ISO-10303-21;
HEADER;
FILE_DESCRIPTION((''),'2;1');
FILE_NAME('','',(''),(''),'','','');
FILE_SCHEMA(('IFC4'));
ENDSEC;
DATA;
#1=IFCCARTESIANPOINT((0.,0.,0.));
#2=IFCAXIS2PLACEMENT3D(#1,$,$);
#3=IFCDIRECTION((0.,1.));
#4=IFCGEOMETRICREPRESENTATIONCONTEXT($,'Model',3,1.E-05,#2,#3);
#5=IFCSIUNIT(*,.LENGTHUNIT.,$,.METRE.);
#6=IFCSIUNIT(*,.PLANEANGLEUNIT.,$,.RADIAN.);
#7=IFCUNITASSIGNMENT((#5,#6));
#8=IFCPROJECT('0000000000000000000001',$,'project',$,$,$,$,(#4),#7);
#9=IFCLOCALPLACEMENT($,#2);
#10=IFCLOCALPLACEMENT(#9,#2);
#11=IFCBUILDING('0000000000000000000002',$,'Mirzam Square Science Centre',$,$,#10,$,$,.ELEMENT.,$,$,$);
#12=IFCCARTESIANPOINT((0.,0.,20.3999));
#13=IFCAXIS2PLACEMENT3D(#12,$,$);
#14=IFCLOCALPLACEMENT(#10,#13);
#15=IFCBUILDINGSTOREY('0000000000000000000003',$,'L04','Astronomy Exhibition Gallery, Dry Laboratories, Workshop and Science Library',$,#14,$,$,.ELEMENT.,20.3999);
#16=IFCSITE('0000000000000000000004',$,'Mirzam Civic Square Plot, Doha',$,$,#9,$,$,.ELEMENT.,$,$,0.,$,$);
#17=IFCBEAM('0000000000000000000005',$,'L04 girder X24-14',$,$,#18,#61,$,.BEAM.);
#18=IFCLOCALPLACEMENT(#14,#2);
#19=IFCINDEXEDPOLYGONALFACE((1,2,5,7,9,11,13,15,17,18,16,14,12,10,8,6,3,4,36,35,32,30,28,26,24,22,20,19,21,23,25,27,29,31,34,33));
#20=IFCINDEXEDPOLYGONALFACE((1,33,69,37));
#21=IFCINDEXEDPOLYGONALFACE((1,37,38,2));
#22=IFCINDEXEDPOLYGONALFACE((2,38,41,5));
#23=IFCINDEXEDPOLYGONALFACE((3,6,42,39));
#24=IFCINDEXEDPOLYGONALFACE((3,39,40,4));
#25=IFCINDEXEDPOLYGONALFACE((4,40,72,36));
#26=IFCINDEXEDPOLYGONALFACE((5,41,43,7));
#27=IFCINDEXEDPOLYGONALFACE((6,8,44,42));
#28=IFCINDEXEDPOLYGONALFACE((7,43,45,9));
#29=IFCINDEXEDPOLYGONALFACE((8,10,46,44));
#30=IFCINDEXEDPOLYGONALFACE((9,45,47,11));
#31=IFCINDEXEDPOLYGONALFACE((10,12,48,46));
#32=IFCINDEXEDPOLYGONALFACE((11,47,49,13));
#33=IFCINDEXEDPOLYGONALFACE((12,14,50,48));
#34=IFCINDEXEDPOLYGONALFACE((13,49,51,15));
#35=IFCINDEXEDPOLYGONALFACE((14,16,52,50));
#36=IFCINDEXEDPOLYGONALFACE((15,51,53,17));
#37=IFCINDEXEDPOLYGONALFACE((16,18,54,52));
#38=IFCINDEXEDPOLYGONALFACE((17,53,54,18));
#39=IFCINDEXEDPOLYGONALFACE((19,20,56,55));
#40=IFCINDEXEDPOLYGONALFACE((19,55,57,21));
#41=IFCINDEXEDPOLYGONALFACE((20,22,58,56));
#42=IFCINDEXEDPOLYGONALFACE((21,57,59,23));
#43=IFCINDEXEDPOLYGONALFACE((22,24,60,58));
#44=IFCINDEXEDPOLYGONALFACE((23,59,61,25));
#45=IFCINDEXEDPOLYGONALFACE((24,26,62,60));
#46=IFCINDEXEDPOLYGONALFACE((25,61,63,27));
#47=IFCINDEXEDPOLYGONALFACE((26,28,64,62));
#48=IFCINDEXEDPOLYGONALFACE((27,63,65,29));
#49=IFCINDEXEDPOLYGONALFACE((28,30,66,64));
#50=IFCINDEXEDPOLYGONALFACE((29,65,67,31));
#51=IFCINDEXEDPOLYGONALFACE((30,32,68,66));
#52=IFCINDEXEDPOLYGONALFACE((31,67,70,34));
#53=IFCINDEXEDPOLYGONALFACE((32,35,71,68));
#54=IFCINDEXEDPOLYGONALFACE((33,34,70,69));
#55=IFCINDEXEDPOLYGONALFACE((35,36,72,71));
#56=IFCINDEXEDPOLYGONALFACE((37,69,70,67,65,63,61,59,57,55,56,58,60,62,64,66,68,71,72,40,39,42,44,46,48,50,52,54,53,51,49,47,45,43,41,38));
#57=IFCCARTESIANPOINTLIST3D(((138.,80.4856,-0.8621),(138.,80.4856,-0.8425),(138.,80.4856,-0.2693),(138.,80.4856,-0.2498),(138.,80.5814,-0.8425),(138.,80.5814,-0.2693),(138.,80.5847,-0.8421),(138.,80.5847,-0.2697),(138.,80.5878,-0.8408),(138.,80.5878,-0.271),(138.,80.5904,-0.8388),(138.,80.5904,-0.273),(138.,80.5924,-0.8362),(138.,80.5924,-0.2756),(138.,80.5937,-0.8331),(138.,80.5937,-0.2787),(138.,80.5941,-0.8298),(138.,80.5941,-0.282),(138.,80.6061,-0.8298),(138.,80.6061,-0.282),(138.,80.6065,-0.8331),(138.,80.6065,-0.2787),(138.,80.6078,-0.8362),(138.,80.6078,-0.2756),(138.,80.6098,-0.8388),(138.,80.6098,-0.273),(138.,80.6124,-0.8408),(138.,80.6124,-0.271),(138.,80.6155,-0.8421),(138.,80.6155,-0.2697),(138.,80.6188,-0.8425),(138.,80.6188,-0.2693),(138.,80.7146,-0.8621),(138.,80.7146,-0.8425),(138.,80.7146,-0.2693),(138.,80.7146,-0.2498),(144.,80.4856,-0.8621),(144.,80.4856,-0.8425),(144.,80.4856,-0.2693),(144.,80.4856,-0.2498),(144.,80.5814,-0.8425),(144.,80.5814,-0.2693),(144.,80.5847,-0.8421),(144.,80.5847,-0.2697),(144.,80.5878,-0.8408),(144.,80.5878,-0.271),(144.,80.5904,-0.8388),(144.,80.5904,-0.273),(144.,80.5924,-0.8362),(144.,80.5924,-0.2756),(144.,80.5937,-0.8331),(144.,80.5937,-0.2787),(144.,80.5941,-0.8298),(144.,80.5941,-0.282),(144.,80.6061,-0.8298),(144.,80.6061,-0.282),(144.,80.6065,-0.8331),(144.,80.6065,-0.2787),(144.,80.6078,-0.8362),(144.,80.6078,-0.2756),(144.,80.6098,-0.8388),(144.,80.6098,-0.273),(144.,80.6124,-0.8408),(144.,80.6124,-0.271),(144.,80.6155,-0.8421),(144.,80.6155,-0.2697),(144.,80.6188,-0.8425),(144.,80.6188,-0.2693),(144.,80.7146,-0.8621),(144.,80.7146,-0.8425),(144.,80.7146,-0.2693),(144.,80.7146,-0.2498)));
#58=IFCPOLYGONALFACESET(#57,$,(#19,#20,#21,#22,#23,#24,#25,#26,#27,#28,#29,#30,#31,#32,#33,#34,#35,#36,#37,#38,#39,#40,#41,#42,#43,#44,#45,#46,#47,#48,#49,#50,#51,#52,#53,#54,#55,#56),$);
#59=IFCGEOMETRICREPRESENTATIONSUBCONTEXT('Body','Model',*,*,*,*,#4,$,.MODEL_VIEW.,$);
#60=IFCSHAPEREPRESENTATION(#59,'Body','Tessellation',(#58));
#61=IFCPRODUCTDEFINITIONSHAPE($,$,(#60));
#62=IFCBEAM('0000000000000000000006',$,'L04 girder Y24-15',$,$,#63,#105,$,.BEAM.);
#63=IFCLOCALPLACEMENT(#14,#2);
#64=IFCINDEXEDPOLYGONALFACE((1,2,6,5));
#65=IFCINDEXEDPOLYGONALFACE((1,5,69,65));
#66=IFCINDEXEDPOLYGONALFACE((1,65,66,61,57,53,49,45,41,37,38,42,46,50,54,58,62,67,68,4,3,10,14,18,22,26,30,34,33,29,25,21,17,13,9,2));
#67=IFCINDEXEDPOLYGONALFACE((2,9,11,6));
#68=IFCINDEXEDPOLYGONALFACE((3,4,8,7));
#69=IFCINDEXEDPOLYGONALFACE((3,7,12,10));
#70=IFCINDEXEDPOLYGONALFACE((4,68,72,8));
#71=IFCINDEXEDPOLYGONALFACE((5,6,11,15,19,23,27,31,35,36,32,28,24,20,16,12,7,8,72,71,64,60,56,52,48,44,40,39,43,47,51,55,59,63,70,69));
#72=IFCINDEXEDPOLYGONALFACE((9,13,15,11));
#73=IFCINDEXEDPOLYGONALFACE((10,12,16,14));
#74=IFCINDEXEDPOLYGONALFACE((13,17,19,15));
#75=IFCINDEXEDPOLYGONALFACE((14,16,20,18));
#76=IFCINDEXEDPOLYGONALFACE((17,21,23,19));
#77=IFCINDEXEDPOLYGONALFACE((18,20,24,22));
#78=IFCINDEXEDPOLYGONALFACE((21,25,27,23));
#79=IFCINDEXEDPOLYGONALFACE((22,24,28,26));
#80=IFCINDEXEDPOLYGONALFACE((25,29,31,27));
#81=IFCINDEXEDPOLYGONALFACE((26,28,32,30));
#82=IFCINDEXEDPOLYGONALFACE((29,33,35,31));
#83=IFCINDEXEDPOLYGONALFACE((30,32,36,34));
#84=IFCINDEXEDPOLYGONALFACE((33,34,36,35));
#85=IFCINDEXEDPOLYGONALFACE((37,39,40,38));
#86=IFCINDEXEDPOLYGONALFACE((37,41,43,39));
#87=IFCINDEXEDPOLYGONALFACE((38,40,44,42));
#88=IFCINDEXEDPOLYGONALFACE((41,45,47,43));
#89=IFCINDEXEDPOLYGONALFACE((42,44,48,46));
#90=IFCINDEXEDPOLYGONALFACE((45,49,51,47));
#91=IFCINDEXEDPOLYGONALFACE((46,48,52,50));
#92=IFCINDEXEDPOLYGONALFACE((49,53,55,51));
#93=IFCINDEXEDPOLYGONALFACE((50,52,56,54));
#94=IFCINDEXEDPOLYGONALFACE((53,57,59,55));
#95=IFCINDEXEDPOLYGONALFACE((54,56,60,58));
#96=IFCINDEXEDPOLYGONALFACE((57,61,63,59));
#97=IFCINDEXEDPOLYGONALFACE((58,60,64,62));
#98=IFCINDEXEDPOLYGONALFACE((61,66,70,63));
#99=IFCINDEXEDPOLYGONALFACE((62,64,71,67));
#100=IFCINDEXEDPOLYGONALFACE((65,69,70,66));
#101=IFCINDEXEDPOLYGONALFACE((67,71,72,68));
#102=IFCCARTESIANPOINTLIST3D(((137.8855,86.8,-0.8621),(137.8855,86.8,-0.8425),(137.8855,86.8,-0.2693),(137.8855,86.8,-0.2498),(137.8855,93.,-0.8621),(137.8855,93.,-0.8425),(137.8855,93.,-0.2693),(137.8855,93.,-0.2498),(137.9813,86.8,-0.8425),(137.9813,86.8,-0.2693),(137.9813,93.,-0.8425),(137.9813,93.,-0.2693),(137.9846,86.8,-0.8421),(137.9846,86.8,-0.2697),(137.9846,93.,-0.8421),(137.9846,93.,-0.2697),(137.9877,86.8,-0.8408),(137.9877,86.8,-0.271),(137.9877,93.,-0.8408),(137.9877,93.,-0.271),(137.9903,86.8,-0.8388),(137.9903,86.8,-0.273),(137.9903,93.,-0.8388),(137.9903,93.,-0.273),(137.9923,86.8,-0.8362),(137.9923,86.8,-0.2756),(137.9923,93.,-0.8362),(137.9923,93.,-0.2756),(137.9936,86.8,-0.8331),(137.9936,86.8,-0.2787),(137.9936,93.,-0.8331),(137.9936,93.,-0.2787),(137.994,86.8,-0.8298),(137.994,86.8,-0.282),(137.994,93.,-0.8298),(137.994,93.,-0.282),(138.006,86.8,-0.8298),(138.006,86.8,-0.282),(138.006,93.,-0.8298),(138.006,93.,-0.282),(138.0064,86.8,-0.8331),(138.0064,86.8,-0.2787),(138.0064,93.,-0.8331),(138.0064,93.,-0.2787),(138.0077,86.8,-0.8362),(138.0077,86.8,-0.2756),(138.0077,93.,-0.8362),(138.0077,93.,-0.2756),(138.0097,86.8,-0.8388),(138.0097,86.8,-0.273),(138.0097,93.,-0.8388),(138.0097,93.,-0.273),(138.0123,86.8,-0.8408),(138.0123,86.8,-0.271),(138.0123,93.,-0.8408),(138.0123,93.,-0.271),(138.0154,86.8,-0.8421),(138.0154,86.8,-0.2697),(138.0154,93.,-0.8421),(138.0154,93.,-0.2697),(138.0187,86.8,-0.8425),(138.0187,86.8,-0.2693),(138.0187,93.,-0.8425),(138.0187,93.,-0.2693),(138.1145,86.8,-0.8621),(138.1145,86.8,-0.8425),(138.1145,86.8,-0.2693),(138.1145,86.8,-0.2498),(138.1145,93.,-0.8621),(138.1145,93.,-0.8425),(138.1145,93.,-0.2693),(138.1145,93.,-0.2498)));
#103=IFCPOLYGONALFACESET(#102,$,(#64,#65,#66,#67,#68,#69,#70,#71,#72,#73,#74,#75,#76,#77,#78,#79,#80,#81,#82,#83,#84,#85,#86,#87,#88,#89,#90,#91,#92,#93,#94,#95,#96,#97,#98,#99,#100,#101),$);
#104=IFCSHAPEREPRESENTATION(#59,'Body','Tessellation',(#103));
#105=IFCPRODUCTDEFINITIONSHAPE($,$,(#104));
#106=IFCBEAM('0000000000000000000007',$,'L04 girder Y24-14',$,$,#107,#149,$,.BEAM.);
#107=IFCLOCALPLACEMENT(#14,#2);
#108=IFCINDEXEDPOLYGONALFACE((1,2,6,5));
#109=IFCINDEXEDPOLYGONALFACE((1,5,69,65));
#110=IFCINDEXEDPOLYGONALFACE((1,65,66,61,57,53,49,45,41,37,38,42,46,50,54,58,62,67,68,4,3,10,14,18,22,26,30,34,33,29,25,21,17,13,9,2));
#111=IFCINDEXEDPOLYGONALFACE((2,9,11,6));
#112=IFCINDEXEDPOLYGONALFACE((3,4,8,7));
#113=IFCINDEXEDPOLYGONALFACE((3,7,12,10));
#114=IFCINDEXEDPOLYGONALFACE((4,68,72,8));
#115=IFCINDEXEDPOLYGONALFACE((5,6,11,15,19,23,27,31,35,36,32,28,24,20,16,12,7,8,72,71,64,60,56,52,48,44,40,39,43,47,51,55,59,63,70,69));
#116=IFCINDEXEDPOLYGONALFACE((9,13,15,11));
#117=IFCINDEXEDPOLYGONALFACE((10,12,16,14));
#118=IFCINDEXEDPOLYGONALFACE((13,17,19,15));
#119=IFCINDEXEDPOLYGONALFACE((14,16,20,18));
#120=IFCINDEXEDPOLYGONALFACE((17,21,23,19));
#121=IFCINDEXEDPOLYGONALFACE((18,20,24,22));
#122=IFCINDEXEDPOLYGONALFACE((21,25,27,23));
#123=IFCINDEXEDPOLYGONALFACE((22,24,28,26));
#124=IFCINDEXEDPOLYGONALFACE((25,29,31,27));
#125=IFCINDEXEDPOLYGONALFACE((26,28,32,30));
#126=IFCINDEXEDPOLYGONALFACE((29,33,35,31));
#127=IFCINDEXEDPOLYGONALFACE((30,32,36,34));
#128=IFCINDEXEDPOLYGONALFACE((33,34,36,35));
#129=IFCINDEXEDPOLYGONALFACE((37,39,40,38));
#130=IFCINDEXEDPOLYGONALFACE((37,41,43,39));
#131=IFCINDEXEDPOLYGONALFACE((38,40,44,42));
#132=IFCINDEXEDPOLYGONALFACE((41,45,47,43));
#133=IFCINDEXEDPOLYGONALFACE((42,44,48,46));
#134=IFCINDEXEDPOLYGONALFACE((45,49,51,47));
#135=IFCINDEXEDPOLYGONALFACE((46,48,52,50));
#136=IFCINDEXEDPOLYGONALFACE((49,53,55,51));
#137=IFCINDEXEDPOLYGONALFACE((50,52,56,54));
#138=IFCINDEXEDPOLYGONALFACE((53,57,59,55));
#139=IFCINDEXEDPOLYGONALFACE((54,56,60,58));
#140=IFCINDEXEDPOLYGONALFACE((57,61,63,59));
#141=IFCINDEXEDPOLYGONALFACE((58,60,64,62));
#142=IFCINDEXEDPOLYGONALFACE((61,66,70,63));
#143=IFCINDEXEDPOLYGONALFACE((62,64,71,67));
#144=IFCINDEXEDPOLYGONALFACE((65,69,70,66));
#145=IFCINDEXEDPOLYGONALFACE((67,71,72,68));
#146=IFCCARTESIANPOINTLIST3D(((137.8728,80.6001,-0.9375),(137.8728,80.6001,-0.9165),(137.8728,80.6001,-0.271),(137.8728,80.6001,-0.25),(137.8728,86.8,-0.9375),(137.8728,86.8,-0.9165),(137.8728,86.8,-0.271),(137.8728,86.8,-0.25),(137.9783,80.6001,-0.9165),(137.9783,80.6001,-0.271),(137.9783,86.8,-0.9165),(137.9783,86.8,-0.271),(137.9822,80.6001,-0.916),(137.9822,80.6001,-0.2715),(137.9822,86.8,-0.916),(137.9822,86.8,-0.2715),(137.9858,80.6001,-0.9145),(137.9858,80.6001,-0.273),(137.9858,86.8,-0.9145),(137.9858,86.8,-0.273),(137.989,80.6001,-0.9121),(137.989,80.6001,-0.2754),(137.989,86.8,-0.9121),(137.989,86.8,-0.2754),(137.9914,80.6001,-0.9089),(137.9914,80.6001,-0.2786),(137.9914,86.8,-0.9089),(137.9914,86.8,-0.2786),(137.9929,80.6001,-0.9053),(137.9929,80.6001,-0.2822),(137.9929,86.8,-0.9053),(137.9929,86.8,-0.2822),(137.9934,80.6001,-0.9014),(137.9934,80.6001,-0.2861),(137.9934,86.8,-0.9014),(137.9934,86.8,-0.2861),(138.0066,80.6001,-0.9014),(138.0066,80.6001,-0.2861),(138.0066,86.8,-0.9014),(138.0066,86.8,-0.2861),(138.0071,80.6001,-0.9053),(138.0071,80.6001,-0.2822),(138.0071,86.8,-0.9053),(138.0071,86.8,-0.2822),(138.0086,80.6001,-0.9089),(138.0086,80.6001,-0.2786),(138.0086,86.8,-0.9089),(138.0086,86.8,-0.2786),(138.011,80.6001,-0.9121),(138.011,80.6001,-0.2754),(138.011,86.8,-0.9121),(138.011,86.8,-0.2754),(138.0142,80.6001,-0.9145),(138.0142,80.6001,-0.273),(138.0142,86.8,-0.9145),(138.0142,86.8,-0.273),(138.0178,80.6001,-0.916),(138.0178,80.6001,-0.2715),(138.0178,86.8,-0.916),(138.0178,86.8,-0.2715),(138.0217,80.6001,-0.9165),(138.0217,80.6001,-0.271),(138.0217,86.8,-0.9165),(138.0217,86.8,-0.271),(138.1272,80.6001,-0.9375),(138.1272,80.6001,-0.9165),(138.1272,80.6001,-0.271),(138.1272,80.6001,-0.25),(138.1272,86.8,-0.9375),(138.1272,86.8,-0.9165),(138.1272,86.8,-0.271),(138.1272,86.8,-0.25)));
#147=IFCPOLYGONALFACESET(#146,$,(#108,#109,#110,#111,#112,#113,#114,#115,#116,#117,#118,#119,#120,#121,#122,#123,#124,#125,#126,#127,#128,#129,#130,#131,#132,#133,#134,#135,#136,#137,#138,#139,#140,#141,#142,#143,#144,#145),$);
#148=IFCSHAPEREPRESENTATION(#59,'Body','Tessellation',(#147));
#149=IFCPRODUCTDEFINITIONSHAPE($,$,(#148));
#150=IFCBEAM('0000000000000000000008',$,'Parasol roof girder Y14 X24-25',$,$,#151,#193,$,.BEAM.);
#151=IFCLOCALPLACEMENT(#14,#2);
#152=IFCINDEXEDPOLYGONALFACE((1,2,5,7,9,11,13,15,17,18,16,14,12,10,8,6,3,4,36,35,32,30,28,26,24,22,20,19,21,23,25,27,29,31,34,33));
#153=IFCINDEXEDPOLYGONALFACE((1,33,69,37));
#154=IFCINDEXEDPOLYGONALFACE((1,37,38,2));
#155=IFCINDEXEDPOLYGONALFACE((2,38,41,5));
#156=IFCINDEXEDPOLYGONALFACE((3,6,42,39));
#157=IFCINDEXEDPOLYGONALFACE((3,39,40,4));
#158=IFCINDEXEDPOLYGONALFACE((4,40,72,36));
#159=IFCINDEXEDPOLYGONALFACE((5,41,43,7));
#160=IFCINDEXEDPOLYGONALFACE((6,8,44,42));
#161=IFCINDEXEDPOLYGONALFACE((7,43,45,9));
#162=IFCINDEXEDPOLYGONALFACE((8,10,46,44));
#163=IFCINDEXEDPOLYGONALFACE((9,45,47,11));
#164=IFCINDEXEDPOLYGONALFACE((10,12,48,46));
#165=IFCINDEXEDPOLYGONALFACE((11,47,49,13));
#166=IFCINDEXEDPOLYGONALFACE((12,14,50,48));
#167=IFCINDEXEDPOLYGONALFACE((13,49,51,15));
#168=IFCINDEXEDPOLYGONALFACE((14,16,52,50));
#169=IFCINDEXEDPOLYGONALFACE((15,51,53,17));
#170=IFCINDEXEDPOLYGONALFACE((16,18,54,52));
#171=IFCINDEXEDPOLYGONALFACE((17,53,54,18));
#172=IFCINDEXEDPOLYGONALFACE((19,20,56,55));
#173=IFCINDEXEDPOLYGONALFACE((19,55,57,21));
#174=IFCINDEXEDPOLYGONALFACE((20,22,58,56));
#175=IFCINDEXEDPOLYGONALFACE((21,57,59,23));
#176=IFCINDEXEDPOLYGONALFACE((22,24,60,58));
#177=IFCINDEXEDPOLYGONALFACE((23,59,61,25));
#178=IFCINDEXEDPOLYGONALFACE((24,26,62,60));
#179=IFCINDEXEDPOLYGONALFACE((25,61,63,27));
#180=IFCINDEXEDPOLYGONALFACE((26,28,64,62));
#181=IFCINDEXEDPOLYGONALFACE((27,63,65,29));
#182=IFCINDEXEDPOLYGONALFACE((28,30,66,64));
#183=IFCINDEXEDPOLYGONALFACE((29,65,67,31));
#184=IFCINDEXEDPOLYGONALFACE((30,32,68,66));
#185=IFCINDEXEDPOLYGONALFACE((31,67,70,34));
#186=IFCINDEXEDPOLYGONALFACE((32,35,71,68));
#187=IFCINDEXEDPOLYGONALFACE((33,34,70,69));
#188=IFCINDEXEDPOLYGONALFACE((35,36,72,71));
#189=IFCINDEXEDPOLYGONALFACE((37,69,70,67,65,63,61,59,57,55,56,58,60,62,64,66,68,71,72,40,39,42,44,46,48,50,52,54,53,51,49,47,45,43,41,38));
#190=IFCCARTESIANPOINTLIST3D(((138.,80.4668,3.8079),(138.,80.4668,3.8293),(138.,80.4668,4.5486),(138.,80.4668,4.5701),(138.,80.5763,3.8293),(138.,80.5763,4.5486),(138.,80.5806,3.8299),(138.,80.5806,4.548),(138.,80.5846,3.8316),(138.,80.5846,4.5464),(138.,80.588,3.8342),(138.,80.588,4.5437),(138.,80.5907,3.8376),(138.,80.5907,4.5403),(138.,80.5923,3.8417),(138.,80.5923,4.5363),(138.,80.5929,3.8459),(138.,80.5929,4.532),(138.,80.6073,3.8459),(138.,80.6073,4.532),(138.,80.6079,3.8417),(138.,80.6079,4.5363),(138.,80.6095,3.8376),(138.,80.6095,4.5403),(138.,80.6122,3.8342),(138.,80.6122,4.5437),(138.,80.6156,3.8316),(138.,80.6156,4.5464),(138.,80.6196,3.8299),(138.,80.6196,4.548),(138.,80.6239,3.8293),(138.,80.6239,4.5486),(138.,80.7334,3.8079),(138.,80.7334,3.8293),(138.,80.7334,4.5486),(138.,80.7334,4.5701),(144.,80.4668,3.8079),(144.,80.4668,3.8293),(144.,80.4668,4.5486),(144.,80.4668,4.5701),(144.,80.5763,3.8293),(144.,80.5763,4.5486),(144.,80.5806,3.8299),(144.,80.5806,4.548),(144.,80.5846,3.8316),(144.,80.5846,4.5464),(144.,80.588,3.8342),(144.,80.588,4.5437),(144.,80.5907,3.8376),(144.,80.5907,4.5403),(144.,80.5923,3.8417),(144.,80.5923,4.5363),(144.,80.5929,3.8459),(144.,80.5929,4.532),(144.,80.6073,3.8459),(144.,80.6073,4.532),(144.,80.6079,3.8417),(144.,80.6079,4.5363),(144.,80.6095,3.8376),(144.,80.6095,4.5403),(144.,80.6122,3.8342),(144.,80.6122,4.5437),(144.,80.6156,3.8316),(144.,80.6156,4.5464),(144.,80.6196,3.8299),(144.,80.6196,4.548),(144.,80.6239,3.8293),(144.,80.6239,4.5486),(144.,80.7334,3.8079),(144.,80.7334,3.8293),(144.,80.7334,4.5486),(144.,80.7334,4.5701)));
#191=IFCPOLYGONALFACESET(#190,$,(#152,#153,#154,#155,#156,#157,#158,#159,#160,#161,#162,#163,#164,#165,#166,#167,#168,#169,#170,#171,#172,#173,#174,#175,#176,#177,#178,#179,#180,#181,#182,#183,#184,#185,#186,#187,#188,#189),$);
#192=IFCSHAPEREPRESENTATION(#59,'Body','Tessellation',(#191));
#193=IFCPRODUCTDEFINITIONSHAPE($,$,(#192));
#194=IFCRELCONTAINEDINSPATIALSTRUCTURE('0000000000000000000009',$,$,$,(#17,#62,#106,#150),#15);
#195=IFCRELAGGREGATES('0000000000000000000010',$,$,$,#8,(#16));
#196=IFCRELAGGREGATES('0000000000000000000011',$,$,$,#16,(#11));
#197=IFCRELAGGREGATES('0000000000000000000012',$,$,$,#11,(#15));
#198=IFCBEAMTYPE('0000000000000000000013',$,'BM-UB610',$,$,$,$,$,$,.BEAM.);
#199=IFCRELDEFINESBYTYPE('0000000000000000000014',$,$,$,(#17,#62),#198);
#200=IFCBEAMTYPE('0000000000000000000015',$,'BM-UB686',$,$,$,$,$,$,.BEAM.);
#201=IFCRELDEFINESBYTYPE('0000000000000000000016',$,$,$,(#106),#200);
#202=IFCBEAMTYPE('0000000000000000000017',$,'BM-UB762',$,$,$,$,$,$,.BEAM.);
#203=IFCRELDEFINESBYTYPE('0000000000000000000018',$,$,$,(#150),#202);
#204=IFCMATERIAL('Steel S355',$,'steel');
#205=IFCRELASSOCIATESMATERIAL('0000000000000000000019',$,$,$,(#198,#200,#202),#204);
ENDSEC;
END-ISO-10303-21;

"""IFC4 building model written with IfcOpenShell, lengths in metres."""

from ifc_helpers import new_model, si_unit, direction, frame, origin, origin_2d, place, context, subcontext, project, spatial, i_section, extrude, material, material_profile, profile_set, type_object, element, save


model = new_model("IFC4")

# Units and contexts
model_context = context("Model", 3, precision=1e-05, world=origin(), true_north=direction((0.0, 1.0)))
body_context = subcontext(model_context, "Body", "Model", "MODEL_VIEW")
ifc_project = project(units=[si_unit("LENGTHUNIT", "METRE"), si_unit("PLANEANGLEUNIT", "RADIAN")], contexts=[model_context])

# Site, building, storey
site_placement = place(None, origin())
site = spatial("IfcSite", under=ifc_project, at=site_placement, Name="Mirzam Civic Square Plot, Doha", CompositionType="ELEMENT", RefElevation=0.0)
building_placement = place(site_placement, origin())
building = spatial("IfcBuilding", under=site, at=building_placement, Name="Mirzam Square Science Centre", CompositionType="ELEMENT")
storey_placement = place(building_placement, frame((0.0, 0.0, 20.3999)))
storey = spatial("IfcBuildingStorey", under=building, at=storey_placement, Name="L04", Description="Astronomy Exhibition Gallery, Dry Laboratories, Workshop and Science Library", CompositionType="ELEMENT", Elevation=20.3999)

# Shared definitions
ifc_material_1 = material(Name="Steel S355", Category="steel")

# Beams
ifc_material_profile_1 = material_profile(ifc_material_1, i_section(OverallWidth=0.229, OverallDepth=0.6123, WebThickness=0.012, FlangeThickness=0.0195, FilletRadius=0.0127, at=origin_2d()), Name="610x229x125UB")
ifc_profile_set_1 = profile_set([ifc_material_profile_1], Name="Steel S355")
beam_type_1 = type_object("IfcBeamType", Name="BM-UB610", PredefinedType="BEAM", material=ifc_profile_set_1)
beam_1_placement = place(storey_placement, frame((138.0, 80.6001, -0.5559), z_axis=(1.0, 0.0, 0.0), x_axis=(0.0, 1.0, 0.0)))
element("IfcBeam", 1, at=beam_1_placement, inside=storey, type_object=beam_type_1, Name="L04 girder X24-14", PredefinedType="BEAM", context=body_context, shape_type="SweptSolid", body=[
    extrude(i_section(OverallWidth=0.229, OverallDepth=0.6123, WebThickness=0.012, FlangeThickness=0.0195, FilletRadius=0.0127, at=origin_2d()), origin(), (0.0, 0.0, 1.0), 6.0),
])
beam_2_placement = place(storey_placement, frame((138.0, 86.8, -0.5559), z_axis=(0.0, 1.0, 0.0), x_axis=(-1.0, 0.0, 0.0)))
element("IfcBeam", 2, at=beam_2_placement, inside=storey, type_object=beam_type_1, Name="L04 girder Y24-15", PredefinedType="BEAM", context=body_context, shape_type="SweptSolid", body=[
    extrude(i_section(OverallWidth=0.229, OverallDepth=0.6123, WebThickness=0.012, FlangeThickness=0.0195, FilletRadius=0.0127, at=origin_2d()), origin(), (0.0, 0.0, 1.0), 6.2),
])
ifc_material_profile_2 = material_profile(ifc_material_1, i_section(OverallWidth=0.2544, OverallDepth=0.6875, WebThickness=0.0132, FlangeThickness=0.021, FilletRadius=0.0151, at=origin_2d()), Name="686x254x152UB")
ifc_profile_set_2 = profile_set([ifc_material_profile_2], Name="Steel S355")
beam_type_2 = type_object("IfcBeamType", Name="BM-UB686", PredefinedType="BEAM", material=ifc_profile_set_2)
beam_3_placement = place(storey_placement, frame((138.0, 80.6001, -0.5938), z_axis=(0.0, 1.0, 0.0), x_axis=(-1.0, 0.0, 0.0)))
element("IfcBeam", 3, at=beam_3_placement, inside=storey, type_object=beam_type_2, Name="L04 girder Y24-14", PredefinedType="BEAM", context=body_context, shape_type="SweptSolid", body=[
    extrude(i_section(OverallWidth=0.2544, OverallDepth=0.6875, WebThickness=0.0132, FlangeThickness=0.021, FilletRadius=0.0151, at=origin_2d()), origin(), (0.0, 0.0, 1.0), 6.2),
])
ifc_material_profile_3 = material_profile(ifc_material_1, i_section(OverallWidth=0.2666, OverallDepth=0.7622, WebThickness=0.0144, FlangeThickness=0.0215, FilletRadius=0.0166, at=origin_2d()), Name="762x267x173UB")
ifc_profile_set_3 = profile_set([ifc_material_profile_3], Name="Steel S355")
beam_type_3 = type_object("IfcBeamType", Name="BM-UB762", PredefinedType="BEAM", material=ifc_profile_set_3)
beam_4_placement = place(storey_placement, frame((138.0, 80.6001, 4.189), z_axis=(1.0, 0.0, 0.0), x_axis=(0.0, 1.0, 0.0)))
element("IfcBeam", 4, at=beam_4_placement, inside=storey, type_object=beam_type_3, Name="Parasol roof girder Y14 X24-25", PredefinedType="BEAM", context=body_context, shape_type="SweptSolid", body=[
    extrude(i_section(OverallWidth=0.2666, OverallDepth=0.7622, WebThickness=0.0144, FlangeThickness=0.0215, FilletRadius=0.0166, at=origin_2d()), origin(), (0.0, 0.0, 1.0), 6.0),
])

save(model, "model.ifc")
